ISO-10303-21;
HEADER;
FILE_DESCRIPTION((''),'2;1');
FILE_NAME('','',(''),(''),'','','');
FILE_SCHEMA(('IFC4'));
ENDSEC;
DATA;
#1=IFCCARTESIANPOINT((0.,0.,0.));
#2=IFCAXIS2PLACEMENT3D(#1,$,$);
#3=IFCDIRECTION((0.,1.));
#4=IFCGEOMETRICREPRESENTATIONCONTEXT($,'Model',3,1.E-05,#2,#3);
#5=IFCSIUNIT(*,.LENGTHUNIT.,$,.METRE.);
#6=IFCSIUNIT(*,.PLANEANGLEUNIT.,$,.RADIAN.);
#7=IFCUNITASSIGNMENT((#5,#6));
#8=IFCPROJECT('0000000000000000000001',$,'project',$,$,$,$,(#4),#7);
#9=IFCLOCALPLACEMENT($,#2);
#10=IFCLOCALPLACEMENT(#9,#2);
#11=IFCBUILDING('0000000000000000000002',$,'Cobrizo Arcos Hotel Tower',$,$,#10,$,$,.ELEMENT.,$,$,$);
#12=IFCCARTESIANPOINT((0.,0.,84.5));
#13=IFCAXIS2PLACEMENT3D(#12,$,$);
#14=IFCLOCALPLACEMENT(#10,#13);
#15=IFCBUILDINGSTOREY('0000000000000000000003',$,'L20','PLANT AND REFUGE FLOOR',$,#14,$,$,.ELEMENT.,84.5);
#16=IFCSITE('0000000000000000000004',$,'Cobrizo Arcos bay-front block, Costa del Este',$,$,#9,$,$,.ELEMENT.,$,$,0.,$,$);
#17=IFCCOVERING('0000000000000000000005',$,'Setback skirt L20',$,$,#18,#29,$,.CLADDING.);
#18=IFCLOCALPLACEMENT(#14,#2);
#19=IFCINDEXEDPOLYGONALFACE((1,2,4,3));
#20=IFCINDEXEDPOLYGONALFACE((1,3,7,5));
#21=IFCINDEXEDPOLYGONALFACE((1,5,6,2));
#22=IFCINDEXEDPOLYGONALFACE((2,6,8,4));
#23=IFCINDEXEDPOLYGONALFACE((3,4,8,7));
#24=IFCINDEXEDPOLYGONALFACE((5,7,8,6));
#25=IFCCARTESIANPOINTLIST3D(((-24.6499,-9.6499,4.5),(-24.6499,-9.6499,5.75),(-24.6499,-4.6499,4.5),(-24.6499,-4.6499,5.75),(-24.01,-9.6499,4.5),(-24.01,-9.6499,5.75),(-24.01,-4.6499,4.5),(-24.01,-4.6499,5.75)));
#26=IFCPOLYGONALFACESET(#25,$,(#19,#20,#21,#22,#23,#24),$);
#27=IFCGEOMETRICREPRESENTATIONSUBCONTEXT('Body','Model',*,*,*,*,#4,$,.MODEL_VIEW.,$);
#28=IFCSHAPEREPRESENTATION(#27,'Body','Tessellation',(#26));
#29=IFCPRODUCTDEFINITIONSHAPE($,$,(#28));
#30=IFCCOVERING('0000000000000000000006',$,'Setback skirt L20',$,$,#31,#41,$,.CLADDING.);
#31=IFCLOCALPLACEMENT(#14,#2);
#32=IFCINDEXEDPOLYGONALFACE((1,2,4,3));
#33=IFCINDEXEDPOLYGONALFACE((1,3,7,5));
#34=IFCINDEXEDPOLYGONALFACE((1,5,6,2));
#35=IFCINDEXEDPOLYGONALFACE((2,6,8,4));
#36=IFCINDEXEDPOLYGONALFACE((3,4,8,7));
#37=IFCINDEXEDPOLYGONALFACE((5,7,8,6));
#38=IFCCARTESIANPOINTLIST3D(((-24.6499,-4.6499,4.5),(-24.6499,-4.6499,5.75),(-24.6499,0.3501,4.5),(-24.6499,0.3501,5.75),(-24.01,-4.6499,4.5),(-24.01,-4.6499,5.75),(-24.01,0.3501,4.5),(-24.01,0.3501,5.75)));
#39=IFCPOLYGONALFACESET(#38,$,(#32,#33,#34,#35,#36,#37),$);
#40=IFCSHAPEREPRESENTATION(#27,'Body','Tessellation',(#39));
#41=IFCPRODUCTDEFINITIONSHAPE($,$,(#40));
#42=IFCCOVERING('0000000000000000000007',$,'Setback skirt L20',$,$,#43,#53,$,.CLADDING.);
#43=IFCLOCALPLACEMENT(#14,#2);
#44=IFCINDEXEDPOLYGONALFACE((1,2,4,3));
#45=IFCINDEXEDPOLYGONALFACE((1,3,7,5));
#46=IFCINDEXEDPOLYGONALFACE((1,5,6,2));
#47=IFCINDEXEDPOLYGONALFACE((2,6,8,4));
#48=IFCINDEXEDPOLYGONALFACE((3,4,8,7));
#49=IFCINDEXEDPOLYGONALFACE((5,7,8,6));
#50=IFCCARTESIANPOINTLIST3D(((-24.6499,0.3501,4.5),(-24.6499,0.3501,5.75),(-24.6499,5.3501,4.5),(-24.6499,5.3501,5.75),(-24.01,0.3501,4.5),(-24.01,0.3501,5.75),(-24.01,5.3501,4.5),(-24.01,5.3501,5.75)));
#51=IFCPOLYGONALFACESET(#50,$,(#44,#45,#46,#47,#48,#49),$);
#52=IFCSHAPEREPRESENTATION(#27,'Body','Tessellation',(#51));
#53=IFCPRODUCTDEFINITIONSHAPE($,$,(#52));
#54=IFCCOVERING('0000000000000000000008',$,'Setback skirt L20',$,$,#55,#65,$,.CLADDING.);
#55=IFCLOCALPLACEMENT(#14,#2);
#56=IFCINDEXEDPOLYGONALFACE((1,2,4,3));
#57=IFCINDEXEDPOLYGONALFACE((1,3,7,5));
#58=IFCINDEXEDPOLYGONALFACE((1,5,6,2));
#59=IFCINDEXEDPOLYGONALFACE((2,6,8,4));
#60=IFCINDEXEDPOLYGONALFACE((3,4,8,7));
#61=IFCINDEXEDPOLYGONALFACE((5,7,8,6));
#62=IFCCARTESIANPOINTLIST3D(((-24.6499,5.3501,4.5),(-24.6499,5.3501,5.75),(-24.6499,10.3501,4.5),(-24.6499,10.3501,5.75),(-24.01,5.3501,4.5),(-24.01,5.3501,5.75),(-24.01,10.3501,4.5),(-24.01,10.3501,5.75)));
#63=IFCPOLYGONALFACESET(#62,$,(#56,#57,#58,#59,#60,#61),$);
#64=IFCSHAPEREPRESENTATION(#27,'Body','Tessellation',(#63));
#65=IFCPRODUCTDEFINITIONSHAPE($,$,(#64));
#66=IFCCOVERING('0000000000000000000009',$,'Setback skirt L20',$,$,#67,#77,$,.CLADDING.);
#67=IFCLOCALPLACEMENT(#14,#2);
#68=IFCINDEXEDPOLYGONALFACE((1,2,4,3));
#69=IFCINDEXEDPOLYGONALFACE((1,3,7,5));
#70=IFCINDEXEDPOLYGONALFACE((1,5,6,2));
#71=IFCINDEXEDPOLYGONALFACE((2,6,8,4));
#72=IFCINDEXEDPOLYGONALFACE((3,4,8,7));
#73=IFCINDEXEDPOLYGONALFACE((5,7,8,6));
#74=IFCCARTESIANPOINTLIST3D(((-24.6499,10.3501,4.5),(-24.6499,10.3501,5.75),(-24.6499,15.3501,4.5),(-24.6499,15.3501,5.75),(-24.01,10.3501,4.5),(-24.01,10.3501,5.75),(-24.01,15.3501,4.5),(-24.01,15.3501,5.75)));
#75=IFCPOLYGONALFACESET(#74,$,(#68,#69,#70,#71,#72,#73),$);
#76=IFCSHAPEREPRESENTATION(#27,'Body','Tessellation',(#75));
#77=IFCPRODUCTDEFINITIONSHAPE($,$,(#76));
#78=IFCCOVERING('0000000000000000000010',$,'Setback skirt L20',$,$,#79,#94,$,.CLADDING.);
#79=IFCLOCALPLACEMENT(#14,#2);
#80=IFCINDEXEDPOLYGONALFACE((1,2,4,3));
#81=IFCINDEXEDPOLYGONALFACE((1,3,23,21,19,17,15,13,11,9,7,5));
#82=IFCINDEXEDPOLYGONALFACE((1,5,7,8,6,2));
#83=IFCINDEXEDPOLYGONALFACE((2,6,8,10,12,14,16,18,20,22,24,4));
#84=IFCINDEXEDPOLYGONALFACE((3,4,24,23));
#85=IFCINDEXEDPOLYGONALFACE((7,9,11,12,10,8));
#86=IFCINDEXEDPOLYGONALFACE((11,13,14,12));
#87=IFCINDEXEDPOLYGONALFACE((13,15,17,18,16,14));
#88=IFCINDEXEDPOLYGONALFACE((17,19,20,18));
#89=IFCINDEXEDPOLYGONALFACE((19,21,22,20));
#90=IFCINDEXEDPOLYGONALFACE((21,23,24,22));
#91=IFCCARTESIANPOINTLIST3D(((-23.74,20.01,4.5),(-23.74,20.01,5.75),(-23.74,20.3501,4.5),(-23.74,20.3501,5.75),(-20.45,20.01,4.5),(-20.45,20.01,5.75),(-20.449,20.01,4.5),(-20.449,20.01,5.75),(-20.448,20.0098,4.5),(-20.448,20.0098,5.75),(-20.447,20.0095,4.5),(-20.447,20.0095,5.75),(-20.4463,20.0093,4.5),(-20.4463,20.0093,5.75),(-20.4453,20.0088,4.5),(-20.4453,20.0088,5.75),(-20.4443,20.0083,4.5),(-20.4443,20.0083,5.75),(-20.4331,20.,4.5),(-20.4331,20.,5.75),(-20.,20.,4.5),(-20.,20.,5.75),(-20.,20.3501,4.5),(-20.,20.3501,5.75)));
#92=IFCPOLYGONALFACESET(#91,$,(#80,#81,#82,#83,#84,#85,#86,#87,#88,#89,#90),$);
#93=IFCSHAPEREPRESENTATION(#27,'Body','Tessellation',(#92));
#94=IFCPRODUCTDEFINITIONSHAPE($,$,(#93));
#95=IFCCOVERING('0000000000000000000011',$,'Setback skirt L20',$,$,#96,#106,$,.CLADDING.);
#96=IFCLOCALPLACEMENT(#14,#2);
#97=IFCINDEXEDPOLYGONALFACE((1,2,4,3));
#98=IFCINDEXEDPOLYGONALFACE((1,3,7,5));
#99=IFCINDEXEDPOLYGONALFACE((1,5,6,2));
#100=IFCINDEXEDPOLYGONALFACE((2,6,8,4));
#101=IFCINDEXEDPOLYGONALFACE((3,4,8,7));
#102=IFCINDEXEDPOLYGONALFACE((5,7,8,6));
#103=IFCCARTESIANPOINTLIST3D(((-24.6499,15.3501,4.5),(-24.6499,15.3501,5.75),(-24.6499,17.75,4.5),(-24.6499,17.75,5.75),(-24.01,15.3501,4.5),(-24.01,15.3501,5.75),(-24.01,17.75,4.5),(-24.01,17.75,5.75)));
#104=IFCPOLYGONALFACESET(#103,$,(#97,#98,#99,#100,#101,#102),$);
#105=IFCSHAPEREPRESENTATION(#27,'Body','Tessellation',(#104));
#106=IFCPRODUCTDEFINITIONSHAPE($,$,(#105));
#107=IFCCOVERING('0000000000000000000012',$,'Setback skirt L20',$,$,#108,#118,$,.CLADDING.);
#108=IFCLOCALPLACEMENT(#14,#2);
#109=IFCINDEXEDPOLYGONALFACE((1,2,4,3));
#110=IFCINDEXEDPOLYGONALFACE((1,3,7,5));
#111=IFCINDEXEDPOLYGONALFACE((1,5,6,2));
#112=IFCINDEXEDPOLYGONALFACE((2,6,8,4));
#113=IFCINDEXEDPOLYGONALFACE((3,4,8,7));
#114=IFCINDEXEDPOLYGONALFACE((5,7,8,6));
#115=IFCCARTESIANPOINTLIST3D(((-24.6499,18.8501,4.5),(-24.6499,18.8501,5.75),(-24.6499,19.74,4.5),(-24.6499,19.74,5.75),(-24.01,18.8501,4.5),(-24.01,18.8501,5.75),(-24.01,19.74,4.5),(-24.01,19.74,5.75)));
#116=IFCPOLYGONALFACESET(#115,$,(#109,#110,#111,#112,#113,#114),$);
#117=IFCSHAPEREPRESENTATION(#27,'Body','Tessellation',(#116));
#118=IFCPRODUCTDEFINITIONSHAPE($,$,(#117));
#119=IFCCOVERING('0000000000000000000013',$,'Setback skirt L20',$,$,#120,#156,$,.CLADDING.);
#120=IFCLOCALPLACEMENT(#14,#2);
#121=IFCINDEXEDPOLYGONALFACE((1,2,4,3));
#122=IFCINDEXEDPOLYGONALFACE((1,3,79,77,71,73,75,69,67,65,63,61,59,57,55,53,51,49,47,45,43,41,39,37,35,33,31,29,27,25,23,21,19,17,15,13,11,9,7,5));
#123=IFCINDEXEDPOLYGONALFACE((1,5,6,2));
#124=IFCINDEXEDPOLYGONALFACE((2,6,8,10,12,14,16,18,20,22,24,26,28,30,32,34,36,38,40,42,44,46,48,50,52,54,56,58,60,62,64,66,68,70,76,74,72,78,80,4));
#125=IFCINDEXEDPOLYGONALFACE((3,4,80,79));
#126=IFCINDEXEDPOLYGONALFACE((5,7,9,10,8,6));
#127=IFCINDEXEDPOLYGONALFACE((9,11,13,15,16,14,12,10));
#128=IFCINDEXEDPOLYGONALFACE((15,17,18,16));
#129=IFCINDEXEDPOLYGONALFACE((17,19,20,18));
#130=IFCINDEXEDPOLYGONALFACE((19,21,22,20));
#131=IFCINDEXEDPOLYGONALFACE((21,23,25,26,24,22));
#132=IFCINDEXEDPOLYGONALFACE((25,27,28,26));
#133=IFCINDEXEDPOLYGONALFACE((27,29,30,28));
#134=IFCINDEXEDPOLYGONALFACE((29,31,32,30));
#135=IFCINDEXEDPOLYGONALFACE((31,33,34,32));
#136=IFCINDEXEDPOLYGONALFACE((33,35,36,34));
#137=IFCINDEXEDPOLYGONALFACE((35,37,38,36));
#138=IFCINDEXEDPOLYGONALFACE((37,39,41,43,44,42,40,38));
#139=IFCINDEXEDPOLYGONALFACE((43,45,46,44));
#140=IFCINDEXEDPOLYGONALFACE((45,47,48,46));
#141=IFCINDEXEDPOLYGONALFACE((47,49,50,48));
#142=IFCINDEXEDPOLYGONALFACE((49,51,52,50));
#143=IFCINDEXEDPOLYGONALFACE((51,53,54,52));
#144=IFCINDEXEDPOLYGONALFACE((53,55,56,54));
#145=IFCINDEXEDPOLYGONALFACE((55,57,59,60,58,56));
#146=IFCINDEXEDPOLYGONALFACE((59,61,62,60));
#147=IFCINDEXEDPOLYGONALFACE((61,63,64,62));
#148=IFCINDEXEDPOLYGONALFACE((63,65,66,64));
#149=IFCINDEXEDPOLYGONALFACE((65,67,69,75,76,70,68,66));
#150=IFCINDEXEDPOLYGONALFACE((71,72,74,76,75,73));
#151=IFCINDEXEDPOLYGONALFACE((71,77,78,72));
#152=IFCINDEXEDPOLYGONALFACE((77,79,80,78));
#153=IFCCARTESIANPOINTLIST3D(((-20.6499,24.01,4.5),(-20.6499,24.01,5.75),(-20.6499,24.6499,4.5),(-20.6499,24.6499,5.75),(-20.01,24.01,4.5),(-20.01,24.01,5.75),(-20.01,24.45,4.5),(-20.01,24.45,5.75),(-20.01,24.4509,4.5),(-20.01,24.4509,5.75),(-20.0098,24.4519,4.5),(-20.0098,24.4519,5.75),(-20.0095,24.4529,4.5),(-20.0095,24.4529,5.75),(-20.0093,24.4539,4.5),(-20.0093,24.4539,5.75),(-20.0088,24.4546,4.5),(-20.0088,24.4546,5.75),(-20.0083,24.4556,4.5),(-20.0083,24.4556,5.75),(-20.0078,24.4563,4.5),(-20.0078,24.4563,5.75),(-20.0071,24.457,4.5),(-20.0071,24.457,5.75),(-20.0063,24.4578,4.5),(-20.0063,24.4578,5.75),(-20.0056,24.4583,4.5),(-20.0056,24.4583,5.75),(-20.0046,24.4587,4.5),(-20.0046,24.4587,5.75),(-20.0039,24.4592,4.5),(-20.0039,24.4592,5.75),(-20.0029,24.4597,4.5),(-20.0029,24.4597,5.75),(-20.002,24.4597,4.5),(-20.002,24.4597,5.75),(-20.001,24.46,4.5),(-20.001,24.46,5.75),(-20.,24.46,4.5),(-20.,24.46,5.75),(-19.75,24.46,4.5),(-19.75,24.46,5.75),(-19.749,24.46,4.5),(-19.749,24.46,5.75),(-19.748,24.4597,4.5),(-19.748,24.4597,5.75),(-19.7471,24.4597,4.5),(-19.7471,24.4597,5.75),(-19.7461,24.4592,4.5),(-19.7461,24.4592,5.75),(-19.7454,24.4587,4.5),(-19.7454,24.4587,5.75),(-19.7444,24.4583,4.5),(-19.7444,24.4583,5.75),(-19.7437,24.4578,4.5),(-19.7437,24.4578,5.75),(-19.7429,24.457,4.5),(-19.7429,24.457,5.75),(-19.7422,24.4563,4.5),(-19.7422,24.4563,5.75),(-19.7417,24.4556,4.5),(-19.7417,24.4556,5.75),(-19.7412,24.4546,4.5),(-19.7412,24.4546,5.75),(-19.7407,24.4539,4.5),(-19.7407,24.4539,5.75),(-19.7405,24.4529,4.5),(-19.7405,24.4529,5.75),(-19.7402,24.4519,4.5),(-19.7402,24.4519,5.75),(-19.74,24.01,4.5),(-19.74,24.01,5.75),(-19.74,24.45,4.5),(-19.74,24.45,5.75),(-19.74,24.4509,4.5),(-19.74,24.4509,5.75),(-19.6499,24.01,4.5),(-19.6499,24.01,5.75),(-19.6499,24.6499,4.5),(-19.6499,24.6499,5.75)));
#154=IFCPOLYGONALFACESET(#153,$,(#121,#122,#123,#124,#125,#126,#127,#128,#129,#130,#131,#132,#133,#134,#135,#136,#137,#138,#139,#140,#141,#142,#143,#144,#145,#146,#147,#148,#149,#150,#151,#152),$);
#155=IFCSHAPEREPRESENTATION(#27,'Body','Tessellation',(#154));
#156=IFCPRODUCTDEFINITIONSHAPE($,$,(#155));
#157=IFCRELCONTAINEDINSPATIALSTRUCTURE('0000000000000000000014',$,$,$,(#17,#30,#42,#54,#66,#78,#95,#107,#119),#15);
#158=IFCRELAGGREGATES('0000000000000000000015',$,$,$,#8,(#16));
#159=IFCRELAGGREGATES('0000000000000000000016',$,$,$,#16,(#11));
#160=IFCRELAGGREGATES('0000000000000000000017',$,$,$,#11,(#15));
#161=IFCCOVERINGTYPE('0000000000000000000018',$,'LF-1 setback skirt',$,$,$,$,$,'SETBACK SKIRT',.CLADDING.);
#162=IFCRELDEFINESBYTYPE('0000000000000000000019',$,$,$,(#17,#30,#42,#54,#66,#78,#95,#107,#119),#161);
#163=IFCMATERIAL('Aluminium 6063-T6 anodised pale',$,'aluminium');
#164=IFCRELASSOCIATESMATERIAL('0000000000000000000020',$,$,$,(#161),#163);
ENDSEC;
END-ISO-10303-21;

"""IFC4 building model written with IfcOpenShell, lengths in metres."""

from ifc_helpers import new_model, si_unit, direction, frame, origin, place, context, subcontext, project, spatial, polyline, outline, extrude, material, type_object, element, save


model = new_model("IFC4")

# Units and contexts
model_context = context("Model", 3, precision=1e-05, world=origin(), true_north=direction((0.0, 1.0)))
body_context = subcontext(model_context, "Body", "Model", "MODEL_VIEW")
ifc_project = project(units=[si_unit("LENGTHUNIT", "METRE"), si_unit("PLANEANGLEUNIT", "RADIAN")], contexts=[model_context])

# Site, building, storey
site_placement = place(None, origin())
site = spatial("IfcSite", under=ifc_project, at=site_placement, Name="Cobrizo Arcos bay-front block, Costa del Este", CompositionType="ELEMENT", RefElevation=0.0)
building_placement = place(site_placement, origin())
building = spatial("IfcBuilding", under=site, at=building_placement, Name="Cobrizo Arcos Hotel Tower", CompositionType="ELEMENT")
storey_placement = place(building_placement, frame((0.0, 0.0, 84.5)))
storey = spatial("IfcBuildingStorey", under=building, at=storey_placement, Name="L20", Description="PLANT AND REFUGE FLOOR", CompositionType="ELEMENT", Elevation=84.5)

# Coverings
ifc_material_1 = material(Name="Aluminium 6063-T6 anodised pale", Category="aluminium")
covering_type = type_object("IfcCoveringType", Name="LF-1 setback skirt", ElementType="SETBACK SKIRT", PredefinedType="CLADDING", material=ifc_material_1)
covering_1_placement = place(storey_placement, frame((0.0, 0.0, 4.5)))
element("IfcCovering", 1, at=covering_1_placement, inside=storey, type_object=covering_type, Name="Setback skirt L20", PredefinedType="CLADDING", context=body_context, shape_type="SweptSolid", body=[
    extrude(outline(polyline([(-24.6499, -4.6499), (-24.6499, -9.6499), (-24.01, -9.6499), (-24.01, -4.6499), (-24.6499, -4.6499)])), origin(), (0.0, 0.0, 1.0), 1.25),
])
covering_2_placement = place(storey_placement, frame((0.0, 0.0, 4.5)))
element("IfcCovering", 2, at=covering_2_placement, inside=storey, type_object=covering_type, Name="Setback skirt L20", PredefinedType="CLADDING", context=body_context, shape_type="SweptSolid", body=[
    extrude(outline(polyline([(-24.6499, 0.3501), (-24.6499, -4.6499), (-24.01, -4.6499), (-24.01, 0.3501), (-24.6499, 0.3501)])), origin(), (0.0, 0.0, 1.0), 1.25),
])
covering_3_placement = place(storey_placement, frame((0.0, 0.0, 4.5)))
element("IfcCovering", 3, at=covering_3_placement, inside=storey, type_object=covering_type, Name="Setback skirt L20", PredefinedType="CLADDING", context=body_context, shape_type="SweptSolid", body=[
    extrude(outline(polyline([(-24.6499, 5.3501), (-24.6499, 0.3501), (-24.01, 0.3501), (-24.01, 5.3501), (-24.6499, 5.3501)])), origin(), (0.0, 0.0, 1.0), 1.25),
])
covering_4_placement = place(storey_placement, frame((0.0, 0.0, 4.5)))
element("IfcCovering", 4, at=covering_4_placement, inside=storey, type_object=covering_type, Name="Setback skirt L20", PredefinedType="CLADDING", context=body_context, shape_type="SweptSolid", body=[
    extrude(outline(polyline([(-24.6499, 10.3501), (-24.6499, 5.3501), (-24.01, 5.3501), (-24.01, 10.3501), (-24.6499, 10.3501)])), origin(), (0.0, 0.0, 1.0), 1.25),
])
covering_5_placement = place(storey_placement, frame((0.0, 0.0, 4.5)))
element("IfcCovering", 5, at=covering_5_placement, inside=storey, type_object=covering_type, Name="Setback skirt L20", PredefinedType="CLADDING", context=body_context, shape_type="SweptSolid", body=[
    extrude(outline(polyline([(-24.6499, 15.3501), (-24.6499, 10.3501), (-24.01, 10.3501), (-24.01, 15.3501), (-24.6499, 15.3501)])), origin(), (0.0, 0.0, 1.0), 1.25),
])
covering_6_placement = place(storey_placement, frame((0.0, 0.0, 4.5)))
element("IfcCovering", 6, at=covering_6_placement, inside=storey, type_object=covering_type, Name="Setback skirt L20", PredefinedType="CLADDING", context=body_context, shape_type="SweptSolid", body=[
    extrude(outline(polyline([(-20.0, 20.0), (-20.0, 20.3501), (-23.74, 20.3501), (-23.74, 20.01), (-20.45, 20.01), (-20.449, 20.01), (-20.448, 20.0098), (-20.447, 20.0095), (-20.4463, 20.0093), (-20.4453, 20.0088), (-20.4443, 20.0083), (-20.4331, 20.0), (-20.0, 20.0)])), origin(), (0.0, 0.0, 1.0), 1.25),
])
covering_7_placement = place(storey_placement, frame((0.0, 0.0, 4.5)))
element("IfcCovering", 7, at=covering_7_placement, inside=storey, type_object=covering_type, Name="Setback skirt L20", PredefinedType="CLADDING", context=body_context, shape_type="SweptSolid", body=[
    extrude(outline(polyline([(-24.6499, 17.75), (-24.6499, 15.3501), (-24.01, 15.3501), (-24.01, 17.75), (-24.6499, 17.75)])), origin(), (0.0, 0.0, 1.0), 1.25),
])
covering_8_placement = place(storey_placement, frame((0.0, 0.0, 4.5)))
element("IfcCovering", 8, at=covering_8_placement, inside=storey, type_object=covering_type, Name="Setback skirt L20", PredefinedType="CLADDING", context=body_context, shape_type="SweptSolid", body=[
    extrude(outline(polyline([(-24.01, 18.8501), (-24.01, 19.74), (-24.6499, 19.74), (-24.6499, 18.8501), (-24.01, 18.8501)])), origin(), (0.0, 0.0, 1.0), 1.25),
])
covering_9_placement = place(storey_placement, frame((0.0, 0.0, 4.5)))
element("IfcCovering", 9, at=covering_9_placement, inside=storey, type_object=covering_type, Name="Setback skirt L20", PredefinedType="CLADDING", context=body_context, shape_type="SweptSolid", body=[
    extrude(outline(polyline([(-19.74, 24.01), (-19.6499, 24.01), (-19.6499, 24.6499), (-20.6499, 24.6499), (-20.6499, 24.01), (-20.01, 24.01), (-20.01, 24.45), (-20.01, 24.4509), (-20.0098, 24.4519), (-20.0095, 24.4529), (-20.0093, 24.4539), (-20.0088, 24.4546), (-20.0083, 24.4556), (-20.0078, 24.4563), (-20.0071, 24.457), (-20.0063, 24.4578), (-20.0056, 24.4583), (-20.0046, 24.4587), (-20.0039, 24.4592), (-20.0029, 24.4597), (-20.002, 24.4597), (-20.001, 24.46), (-20.0, 24.46), (-19.75, 24.46), (-19.749, 24.46), (-19.748, 24.4597), (-19.7471, 24.4597), (-19.7461, 24.4592), (-19.7454, 24.4587), (-19.7444, 24.4583), (-19.7437, 24.4578), (-19.7429, 24.457), (-19.7422, 24.4563), (-19.7417, 24.4556), (-19.7412, 24.4546), (-19.7407, 24.4539), (-19.7405, 24.4529), (-19.7402, 24.4519), (-19.74, 24.4509), (-19.74, 24.45), (-19.74, 24.01)])), origin(), (0.0, 0.0, 1.0), 1.25),
])

save(model, "model.ifc")
